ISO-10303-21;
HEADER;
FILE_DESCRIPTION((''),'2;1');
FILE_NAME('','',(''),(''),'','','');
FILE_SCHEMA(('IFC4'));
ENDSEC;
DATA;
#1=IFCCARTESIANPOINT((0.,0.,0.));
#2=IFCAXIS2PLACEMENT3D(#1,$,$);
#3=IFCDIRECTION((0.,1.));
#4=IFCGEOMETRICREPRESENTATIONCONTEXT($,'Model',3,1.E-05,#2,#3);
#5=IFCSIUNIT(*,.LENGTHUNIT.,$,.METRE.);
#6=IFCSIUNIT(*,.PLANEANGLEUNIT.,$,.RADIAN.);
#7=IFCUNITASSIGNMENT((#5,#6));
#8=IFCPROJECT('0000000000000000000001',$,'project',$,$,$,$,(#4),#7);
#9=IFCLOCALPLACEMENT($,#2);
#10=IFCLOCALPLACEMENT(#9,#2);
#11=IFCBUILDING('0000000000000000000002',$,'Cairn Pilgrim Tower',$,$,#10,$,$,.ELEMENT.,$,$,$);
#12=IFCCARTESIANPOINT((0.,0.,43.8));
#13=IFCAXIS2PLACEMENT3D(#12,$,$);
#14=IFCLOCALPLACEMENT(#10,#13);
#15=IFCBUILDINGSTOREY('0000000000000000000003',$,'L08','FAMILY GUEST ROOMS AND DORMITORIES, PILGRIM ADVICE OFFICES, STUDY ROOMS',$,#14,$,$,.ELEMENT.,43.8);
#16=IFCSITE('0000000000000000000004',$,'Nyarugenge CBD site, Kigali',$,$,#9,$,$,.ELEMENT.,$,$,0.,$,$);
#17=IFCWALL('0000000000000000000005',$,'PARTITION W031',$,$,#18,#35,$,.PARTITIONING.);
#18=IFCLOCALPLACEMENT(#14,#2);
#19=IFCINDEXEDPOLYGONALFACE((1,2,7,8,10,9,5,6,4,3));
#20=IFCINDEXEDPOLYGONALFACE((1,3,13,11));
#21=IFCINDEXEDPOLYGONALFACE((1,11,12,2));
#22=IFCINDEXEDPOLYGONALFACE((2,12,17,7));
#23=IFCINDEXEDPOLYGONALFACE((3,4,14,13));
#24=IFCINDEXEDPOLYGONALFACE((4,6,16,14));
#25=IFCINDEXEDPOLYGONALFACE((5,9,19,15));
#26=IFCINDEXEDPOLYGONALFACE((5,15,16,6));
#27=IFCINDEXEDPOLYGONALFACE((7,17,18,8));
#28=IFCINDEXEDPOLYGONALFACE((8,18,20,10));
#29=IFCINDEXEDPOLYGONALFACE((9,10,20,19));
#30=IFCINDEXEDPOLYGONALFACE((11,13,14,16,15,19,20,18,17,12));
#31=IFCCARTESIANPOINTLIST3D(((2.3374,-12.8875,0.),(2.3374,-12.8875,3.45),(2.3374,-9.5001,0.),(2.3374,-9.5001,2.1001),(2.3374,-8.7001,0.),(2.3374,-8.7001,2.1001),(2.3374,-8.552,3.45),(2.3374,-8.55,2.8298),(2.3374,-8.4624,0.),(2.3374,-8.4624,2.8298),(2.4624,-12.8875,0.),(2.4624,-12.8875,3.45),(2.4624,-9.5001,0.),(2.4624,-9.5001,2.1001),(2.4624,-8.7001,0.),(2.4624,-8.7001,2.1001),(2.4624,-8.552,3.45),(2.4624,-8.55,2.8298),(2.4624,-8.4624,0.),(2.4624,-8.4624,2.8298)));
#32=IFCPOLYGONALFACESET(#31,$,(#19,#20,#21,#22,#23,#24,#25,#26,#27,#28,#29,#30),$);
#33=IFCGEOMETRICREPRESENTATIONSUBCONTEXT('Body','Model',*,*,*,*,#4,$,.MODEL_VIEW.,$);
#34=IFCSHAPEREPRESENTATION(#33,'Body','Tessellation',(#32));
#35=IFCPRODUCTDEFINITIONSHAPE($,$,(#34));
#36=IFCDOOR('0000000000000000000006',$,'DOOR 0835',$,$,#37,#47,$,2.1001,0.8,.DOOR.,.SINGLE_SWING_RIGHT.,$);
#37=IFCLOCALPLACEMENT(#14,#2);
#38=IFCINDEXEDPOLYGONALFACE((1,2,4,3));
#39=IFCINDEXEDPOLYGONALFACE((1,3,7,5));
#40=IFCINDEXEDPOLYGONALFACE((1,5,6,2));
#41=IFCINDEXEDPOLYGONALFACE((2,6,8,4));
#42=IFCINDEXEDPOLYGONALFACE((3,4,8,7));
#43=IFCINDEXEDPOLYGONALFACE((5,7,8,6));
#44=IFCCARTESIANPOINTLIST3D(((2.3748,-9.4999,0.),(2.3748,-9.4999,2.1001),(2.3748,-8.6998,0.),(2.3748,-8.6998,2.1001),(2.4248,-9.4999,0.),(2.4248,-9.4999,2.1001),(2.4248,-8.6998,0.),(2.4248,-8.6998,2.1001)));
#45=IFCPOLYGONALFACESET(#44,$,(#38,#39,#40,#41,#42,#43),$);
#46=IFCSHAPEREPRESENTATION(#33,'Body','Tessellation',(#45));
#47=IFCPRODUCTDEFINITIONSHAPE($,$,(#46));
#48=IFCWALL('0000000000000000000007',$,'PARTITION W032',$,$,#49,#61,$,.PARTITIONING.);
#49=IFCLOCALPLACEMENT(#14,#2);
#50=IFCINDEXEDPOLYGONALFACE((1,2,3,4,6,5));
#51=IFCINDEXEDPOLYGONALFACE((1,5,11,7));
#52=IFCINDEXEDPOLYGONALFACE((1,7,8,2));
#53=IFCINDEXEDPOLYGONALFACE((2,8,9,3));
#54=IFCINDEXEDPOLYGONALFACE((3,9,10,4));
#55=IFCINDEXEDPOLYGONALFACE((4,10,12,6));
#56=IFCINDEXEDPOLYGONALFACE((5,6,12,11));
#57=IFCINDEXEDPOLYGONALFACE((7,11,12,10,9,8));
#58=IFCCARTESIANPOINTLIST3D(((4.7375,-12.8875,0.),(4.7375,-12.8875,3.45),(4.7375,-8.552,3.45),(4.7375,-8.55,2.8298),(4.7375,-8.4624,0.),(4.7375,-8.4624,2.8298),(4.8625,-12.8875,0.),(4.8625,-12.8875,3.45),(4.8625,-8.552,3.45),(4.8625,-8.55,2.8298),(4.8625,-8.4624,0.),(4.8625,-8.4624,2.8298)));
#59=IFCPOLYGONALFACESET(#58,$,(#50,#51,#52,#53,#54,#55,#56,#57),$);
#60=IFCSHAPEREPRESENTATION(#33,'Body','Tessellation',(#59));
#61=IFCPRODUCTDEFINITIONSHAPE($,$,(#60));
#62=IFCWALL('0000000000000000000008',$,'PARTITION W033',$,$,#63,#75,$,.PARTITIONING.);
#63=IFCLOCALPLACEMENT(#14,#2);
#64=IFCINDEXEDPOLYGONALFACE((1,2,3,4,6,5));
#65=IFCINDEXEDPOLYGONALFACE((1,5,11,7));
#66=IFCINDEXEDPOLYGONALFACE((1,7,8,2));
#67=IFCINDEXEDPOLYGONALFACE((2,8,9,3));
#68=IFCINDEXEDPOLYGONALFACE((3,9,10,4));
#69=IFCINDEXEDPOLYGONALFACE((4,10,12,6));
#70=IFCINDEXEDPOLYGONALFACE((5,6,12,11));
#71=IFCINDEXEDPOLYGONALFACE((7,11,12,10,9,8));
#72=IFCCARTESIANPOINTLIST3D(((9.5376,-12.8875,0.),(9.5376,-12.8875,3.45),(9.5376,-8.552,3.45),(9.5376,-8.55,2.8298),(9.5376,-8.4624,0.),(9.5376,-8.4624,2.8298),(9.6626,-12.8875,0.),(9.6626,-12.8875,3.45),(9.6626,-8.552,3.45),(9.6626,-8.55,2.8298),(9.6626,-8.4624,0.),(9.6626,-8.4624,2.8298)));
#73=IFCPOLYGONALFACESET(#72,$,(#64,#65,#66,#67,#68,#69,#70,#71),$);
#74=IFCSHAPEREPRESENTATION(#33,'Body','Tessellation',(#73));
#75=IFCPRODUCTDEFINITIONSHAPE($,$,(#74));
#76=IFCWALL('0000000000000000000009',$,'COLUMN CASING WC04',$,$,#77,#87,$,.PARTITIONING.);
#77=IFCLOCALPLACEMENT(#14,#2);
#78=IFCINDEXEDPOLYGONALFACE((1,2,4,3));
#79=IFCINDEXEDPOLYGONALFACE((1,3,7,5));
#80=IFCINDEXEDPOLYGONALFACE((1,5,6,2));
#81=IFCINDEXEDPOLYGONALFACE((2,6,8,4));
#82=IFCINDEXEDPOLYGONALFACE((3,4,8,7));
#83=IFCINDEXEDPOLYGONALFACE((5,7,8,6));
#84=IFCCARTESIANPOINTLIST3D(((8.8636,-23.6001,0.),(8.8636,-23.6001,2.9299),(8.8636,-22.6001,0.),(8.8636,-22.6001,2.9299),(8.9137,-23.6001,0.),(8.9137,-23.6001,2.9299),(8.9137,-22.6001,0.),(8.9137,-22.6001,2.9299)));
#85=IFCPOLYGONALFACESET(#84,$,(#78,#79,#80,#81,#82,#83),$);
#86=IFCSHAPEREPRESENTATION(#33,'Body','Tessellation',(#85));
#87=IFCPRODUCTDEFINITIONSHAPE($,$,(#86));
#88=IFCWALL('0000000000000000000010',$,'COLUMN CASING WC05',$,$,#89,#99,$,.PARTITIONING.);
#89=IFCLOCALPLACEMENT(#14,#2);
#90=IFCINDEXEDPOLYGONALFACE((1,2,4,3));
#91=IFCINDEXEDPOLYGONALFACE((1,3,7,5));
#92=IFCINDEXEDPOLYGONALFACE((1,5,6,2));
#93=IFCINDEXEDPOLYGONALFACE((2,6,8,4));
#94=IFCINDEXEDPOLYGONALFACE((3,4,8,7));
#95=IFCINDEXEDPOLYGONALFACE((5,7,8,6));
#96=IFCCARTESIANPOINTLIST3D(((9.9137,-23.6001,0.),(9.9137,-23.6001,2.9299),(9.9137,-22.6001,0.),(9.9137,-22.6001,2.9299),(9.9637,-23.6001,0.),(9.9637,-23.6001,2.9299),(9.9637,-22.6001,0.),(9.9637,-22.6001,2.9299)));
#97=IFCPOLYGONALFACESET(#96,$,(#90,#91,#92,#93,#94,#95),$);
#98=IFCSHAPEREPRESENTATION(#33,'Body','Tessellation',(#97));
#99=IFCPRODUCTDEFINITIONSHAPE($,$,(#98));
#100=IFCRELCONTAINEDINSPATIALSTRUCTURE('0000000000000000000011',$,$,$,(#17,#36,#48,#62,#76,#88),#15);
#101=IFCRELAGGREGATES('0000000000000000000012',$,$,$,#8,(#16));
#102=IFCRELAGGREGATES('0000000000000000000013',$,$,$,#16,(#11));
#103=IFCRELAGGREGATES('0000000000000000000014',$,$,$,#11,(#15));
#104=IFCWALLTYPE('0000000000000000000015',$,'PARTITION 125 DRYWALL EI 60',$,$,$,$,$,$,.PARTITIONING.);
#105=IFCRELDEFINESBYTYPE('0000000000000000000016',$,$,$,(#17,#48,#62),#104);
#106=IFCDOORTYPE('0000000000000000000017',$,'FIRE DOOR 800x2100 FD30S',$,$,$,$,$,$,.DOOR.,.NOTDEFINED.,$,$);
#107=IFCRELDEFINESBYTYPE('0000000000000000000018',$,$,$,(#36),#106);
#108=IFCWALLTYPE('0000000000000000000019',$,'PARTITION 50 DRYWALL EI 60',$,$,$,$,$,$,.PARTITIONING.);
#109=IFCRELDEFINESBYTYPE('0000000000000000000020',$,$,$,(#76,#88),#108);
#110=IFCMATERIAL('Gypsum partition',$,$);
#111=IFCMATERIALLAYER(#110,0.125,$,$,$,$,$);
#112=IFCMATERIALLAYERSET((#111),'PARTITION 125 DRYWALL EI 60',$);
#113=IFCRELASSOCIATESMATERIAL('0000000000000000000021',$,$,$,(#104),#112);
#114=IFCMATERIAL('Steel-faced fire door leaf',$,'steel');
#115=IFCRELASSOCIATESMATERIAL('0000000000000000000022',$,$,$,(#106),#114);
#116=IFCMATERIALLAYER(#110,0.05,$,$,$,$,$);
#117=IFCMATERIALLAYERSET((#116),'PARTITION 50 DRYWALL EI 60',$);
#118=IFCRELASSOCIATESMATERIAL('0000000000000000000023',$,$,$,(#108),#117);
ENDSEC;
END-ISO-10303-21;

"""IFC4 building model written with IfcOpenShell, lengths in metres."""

from ifc_helpers import new_model, si_unit, direction, frame, frame_2d, origin, place, context, subcontext, project, spatial, polyline, rectangle, outline, extrude, material, layer, layer_set, type_object, element, fill, save


model = new_model("IFC4")

# Units and contexts
model_context = context("Model", 3, precision=1e-05, world=origin(), true_north=direction((0.0, 1.0)))
body_context = subcontext(model_context, "Body", "Model", "MODEL_VIEW")
ifc_project = project(units=[si_unit("LENGTHUNIT", "METRE"), si_unit("PLANEANGLEUNIT", "RADIAN")], contexts=[model_context])

# Site, building, storey
site_placement = place(None, origin())
site = spatial("IfcSite", under=ifc_project, at=site_placement, Name="Nyarugenge CBD site, Kigali", CompositionType="ELEMENT", RefElevation=0.0)
building_placement = place(site_placement, origin())
building = spatial("IfcBuilding", under=site, at=building_placement, Name="Cairn Pilgrim Tower", CompositionType="ELEMENT")
storey_placement = place(building_placement, frame((0.0, 0.0, 43.8)))
storey = spatial("IfcBuildingStorey", under=building, at=storey_placement, Name="L08", Description="FAMILY GUEST ROOMS AND DORMITORIES, PILGRIM ADVICE OFFICES, STUDY ROOMS", CompositionType="ELEMENT", Elevation=43.8)

# Shared definitions
ifc_material_1 = material(Name="Gypsum partition")

# Shared definitions
ifc_layer_1 = layer(ifc_material_1, 0.125)
ifc_layer_set_1 = layer_set([ifc_layer_1], Name="PARTITION 125 DRYWALL EI 60")
wall_type_1 = type_object("IfcWallType", Name="PARTITION 125 DRYWALL EI 60", PredefinedType="PARTITIONING", material=ifc_layer_set_1)

# Wall, opening, door
wall_1_placement = place(storey_placement, frame((2.3999, -12.8875, 0.0), z_axis=(0.0, 0.0, 1.0), x_axis=(0.0, 1.0, 0.0)))
wall_1 = element("IfcWall", 1, at=wall_1_placement, inside=storey, type_object=wall_type_1, Name="PARTITION W031", PredefinedType="PARTITIONING", context=body_context, shape_type="SweptSolid", body=[
    extrude(outline(polyline([(0.0, 0.0), (4.425, 0.0), (4.425, 2.8298), (4.3374, 2.8298), (4.3354, 3.45), (0.0, 3.45), (0.0, 0.0)])), frame((0.0, 0.0625, 0.0), z_axis=(0.0, -1.0, 0.0), x_axis=(1.0, 0.0, 0.0)), (0.0, 0.0, 1.0), 0.125),
])
opening_1_placement = place(wall_1_placement, frame((3.3875, 0.0, 0.0)))
opening_1 = element("IfcOpeningElement", 2, at=opening_1_placement, cuts=wall_1, PredefinedType="OPENING", context=body_context, shape_type="SweptSolid", body=[
    extrude(rectangle(XDim=0.8, YDim=2.1001, at=frame_2d((0.3999, 1.05))), frame((0.0, 0.0725, 0.0), z_axis=(0.0, -1.0, 0.0), x_axis=(1.0, 0.0, 0.0)), (0.0, 0.0, 1.0), 0.145),
])
ifc_material_2 = material(Name="Steel-faced fire door leaf", Category="steel")
door_type_1 = type_object("IfcDoorType", Name="FIRE DOOR 800x2100 FD30S", OperationType="NOTDEFINED", PredefinedType="DOOR", material=ifc_material_2)
door_1_placement = place(opening_1_placement, frame((0.8, 0.0, 0.0), z_axis=(0.0, 0.0, 1.0), x_axis=(-1.0, 0.0, 0.0)))
door_1 = element("IfcDoor", 3, at=door_1_placement, inside=storey, type_object=door_type_1, Name="DOOR 0835", OperationType="SINGLE_SWING_RIGHT", OverallHeight=2.1001, OverallWidth=0.8, PredefinedType="DOOR", context=body_context, shape_type="SweptSolid", body=[
    extrude(rectangle(XDim=0.8, YDim=2.1001, at=frame_2d((0.3999, 1.05))), frame((0.0, 0.0249, 0.0), z_axis=(0.0, -1.0, 0.0), x_axis=(1.0, 0.0, 0.0)), (0.0, 0.0, 1.0), 0.05),
])
fill(opening_1, door_1)

# Walls
for number, where, z_axis, x_axis, name in (
    (4, (4.8, -12.8875, 0.0), (0.0, 0.0, 1.0), (0.0, 1.0, 0.0), "PARTITION W032"),
    (5, (9.6001, -12.8875, 0.0), (0.0, 0.0, 1.0), (0.0, 1.0, 0.0), "PARTITION W033"),
):
    element("IfcWall", number, at=place(storey_placement, frame(where, z_axis=z_axis, x_axis=x_axis)), inside=storey, type_object=wall_type_1, Name=name, PredefinedType="PARTITIONING", context=body_context, shape_type="SweptSolid", body=[
        extrude(outline(polyline([(0.0, 0.0), (4.425, 0.0), (4.425, 2.8298), (4.3374, 2.8298), (4.3354, 3.45), (0.0, 3.45), (0.0, 0.0)])), frame((0.0, 0.0625, 0.0), z_axis=(0.0, -1.0, 0.0), x_axis=(1.0, 0.0, 0.0)), (0.0, 0.0, 1.0), 0.125),
    ])
ifc_layer_2 = layer(ifc_material_1, 0.05)
ifc_layer_set_2 = layer_set([ifc_layer_2], Name="PARTITION 50 DRYWALL EI 60")
wall_type_2 = type_object("IfcWallType", Name="PARTITION 50 DRYWALL EI 60", PredefinedType="PARTITIONING", material=ifc_layer_set_2)
for number, where, z_axis, x_axis, name in (
    (6, (8.8887, -23.6001, 0.0), (0.0, 0.0, 1.0), (0.0, 1.0, 0.0), "COLUMN CASING WC04"),
    (7, (9.9387, -23.6001, 0.0), (0.0, 0.0, 1.0), (0.0, 1.0, 0.0), "COLUMN CASING WC05"),
):
    element("IfcWall", number, at=place(storey_placement, frame(where, z_axis=z_axis, x_axis=x_axis)), inside=storey, type_object=wall_type_2, Name=name, PredefinedType="PARTITIONING", context=body_context, shape_type="SweptSolid", body=[
        extrude(rectangle(XDim=1.0, YDim=0.05, at=frame_2d((0.5, 0.0))), origin(), (0.0, 0.0, 1.0), 2.9299),
    ])

save(model, "model.ifc")
